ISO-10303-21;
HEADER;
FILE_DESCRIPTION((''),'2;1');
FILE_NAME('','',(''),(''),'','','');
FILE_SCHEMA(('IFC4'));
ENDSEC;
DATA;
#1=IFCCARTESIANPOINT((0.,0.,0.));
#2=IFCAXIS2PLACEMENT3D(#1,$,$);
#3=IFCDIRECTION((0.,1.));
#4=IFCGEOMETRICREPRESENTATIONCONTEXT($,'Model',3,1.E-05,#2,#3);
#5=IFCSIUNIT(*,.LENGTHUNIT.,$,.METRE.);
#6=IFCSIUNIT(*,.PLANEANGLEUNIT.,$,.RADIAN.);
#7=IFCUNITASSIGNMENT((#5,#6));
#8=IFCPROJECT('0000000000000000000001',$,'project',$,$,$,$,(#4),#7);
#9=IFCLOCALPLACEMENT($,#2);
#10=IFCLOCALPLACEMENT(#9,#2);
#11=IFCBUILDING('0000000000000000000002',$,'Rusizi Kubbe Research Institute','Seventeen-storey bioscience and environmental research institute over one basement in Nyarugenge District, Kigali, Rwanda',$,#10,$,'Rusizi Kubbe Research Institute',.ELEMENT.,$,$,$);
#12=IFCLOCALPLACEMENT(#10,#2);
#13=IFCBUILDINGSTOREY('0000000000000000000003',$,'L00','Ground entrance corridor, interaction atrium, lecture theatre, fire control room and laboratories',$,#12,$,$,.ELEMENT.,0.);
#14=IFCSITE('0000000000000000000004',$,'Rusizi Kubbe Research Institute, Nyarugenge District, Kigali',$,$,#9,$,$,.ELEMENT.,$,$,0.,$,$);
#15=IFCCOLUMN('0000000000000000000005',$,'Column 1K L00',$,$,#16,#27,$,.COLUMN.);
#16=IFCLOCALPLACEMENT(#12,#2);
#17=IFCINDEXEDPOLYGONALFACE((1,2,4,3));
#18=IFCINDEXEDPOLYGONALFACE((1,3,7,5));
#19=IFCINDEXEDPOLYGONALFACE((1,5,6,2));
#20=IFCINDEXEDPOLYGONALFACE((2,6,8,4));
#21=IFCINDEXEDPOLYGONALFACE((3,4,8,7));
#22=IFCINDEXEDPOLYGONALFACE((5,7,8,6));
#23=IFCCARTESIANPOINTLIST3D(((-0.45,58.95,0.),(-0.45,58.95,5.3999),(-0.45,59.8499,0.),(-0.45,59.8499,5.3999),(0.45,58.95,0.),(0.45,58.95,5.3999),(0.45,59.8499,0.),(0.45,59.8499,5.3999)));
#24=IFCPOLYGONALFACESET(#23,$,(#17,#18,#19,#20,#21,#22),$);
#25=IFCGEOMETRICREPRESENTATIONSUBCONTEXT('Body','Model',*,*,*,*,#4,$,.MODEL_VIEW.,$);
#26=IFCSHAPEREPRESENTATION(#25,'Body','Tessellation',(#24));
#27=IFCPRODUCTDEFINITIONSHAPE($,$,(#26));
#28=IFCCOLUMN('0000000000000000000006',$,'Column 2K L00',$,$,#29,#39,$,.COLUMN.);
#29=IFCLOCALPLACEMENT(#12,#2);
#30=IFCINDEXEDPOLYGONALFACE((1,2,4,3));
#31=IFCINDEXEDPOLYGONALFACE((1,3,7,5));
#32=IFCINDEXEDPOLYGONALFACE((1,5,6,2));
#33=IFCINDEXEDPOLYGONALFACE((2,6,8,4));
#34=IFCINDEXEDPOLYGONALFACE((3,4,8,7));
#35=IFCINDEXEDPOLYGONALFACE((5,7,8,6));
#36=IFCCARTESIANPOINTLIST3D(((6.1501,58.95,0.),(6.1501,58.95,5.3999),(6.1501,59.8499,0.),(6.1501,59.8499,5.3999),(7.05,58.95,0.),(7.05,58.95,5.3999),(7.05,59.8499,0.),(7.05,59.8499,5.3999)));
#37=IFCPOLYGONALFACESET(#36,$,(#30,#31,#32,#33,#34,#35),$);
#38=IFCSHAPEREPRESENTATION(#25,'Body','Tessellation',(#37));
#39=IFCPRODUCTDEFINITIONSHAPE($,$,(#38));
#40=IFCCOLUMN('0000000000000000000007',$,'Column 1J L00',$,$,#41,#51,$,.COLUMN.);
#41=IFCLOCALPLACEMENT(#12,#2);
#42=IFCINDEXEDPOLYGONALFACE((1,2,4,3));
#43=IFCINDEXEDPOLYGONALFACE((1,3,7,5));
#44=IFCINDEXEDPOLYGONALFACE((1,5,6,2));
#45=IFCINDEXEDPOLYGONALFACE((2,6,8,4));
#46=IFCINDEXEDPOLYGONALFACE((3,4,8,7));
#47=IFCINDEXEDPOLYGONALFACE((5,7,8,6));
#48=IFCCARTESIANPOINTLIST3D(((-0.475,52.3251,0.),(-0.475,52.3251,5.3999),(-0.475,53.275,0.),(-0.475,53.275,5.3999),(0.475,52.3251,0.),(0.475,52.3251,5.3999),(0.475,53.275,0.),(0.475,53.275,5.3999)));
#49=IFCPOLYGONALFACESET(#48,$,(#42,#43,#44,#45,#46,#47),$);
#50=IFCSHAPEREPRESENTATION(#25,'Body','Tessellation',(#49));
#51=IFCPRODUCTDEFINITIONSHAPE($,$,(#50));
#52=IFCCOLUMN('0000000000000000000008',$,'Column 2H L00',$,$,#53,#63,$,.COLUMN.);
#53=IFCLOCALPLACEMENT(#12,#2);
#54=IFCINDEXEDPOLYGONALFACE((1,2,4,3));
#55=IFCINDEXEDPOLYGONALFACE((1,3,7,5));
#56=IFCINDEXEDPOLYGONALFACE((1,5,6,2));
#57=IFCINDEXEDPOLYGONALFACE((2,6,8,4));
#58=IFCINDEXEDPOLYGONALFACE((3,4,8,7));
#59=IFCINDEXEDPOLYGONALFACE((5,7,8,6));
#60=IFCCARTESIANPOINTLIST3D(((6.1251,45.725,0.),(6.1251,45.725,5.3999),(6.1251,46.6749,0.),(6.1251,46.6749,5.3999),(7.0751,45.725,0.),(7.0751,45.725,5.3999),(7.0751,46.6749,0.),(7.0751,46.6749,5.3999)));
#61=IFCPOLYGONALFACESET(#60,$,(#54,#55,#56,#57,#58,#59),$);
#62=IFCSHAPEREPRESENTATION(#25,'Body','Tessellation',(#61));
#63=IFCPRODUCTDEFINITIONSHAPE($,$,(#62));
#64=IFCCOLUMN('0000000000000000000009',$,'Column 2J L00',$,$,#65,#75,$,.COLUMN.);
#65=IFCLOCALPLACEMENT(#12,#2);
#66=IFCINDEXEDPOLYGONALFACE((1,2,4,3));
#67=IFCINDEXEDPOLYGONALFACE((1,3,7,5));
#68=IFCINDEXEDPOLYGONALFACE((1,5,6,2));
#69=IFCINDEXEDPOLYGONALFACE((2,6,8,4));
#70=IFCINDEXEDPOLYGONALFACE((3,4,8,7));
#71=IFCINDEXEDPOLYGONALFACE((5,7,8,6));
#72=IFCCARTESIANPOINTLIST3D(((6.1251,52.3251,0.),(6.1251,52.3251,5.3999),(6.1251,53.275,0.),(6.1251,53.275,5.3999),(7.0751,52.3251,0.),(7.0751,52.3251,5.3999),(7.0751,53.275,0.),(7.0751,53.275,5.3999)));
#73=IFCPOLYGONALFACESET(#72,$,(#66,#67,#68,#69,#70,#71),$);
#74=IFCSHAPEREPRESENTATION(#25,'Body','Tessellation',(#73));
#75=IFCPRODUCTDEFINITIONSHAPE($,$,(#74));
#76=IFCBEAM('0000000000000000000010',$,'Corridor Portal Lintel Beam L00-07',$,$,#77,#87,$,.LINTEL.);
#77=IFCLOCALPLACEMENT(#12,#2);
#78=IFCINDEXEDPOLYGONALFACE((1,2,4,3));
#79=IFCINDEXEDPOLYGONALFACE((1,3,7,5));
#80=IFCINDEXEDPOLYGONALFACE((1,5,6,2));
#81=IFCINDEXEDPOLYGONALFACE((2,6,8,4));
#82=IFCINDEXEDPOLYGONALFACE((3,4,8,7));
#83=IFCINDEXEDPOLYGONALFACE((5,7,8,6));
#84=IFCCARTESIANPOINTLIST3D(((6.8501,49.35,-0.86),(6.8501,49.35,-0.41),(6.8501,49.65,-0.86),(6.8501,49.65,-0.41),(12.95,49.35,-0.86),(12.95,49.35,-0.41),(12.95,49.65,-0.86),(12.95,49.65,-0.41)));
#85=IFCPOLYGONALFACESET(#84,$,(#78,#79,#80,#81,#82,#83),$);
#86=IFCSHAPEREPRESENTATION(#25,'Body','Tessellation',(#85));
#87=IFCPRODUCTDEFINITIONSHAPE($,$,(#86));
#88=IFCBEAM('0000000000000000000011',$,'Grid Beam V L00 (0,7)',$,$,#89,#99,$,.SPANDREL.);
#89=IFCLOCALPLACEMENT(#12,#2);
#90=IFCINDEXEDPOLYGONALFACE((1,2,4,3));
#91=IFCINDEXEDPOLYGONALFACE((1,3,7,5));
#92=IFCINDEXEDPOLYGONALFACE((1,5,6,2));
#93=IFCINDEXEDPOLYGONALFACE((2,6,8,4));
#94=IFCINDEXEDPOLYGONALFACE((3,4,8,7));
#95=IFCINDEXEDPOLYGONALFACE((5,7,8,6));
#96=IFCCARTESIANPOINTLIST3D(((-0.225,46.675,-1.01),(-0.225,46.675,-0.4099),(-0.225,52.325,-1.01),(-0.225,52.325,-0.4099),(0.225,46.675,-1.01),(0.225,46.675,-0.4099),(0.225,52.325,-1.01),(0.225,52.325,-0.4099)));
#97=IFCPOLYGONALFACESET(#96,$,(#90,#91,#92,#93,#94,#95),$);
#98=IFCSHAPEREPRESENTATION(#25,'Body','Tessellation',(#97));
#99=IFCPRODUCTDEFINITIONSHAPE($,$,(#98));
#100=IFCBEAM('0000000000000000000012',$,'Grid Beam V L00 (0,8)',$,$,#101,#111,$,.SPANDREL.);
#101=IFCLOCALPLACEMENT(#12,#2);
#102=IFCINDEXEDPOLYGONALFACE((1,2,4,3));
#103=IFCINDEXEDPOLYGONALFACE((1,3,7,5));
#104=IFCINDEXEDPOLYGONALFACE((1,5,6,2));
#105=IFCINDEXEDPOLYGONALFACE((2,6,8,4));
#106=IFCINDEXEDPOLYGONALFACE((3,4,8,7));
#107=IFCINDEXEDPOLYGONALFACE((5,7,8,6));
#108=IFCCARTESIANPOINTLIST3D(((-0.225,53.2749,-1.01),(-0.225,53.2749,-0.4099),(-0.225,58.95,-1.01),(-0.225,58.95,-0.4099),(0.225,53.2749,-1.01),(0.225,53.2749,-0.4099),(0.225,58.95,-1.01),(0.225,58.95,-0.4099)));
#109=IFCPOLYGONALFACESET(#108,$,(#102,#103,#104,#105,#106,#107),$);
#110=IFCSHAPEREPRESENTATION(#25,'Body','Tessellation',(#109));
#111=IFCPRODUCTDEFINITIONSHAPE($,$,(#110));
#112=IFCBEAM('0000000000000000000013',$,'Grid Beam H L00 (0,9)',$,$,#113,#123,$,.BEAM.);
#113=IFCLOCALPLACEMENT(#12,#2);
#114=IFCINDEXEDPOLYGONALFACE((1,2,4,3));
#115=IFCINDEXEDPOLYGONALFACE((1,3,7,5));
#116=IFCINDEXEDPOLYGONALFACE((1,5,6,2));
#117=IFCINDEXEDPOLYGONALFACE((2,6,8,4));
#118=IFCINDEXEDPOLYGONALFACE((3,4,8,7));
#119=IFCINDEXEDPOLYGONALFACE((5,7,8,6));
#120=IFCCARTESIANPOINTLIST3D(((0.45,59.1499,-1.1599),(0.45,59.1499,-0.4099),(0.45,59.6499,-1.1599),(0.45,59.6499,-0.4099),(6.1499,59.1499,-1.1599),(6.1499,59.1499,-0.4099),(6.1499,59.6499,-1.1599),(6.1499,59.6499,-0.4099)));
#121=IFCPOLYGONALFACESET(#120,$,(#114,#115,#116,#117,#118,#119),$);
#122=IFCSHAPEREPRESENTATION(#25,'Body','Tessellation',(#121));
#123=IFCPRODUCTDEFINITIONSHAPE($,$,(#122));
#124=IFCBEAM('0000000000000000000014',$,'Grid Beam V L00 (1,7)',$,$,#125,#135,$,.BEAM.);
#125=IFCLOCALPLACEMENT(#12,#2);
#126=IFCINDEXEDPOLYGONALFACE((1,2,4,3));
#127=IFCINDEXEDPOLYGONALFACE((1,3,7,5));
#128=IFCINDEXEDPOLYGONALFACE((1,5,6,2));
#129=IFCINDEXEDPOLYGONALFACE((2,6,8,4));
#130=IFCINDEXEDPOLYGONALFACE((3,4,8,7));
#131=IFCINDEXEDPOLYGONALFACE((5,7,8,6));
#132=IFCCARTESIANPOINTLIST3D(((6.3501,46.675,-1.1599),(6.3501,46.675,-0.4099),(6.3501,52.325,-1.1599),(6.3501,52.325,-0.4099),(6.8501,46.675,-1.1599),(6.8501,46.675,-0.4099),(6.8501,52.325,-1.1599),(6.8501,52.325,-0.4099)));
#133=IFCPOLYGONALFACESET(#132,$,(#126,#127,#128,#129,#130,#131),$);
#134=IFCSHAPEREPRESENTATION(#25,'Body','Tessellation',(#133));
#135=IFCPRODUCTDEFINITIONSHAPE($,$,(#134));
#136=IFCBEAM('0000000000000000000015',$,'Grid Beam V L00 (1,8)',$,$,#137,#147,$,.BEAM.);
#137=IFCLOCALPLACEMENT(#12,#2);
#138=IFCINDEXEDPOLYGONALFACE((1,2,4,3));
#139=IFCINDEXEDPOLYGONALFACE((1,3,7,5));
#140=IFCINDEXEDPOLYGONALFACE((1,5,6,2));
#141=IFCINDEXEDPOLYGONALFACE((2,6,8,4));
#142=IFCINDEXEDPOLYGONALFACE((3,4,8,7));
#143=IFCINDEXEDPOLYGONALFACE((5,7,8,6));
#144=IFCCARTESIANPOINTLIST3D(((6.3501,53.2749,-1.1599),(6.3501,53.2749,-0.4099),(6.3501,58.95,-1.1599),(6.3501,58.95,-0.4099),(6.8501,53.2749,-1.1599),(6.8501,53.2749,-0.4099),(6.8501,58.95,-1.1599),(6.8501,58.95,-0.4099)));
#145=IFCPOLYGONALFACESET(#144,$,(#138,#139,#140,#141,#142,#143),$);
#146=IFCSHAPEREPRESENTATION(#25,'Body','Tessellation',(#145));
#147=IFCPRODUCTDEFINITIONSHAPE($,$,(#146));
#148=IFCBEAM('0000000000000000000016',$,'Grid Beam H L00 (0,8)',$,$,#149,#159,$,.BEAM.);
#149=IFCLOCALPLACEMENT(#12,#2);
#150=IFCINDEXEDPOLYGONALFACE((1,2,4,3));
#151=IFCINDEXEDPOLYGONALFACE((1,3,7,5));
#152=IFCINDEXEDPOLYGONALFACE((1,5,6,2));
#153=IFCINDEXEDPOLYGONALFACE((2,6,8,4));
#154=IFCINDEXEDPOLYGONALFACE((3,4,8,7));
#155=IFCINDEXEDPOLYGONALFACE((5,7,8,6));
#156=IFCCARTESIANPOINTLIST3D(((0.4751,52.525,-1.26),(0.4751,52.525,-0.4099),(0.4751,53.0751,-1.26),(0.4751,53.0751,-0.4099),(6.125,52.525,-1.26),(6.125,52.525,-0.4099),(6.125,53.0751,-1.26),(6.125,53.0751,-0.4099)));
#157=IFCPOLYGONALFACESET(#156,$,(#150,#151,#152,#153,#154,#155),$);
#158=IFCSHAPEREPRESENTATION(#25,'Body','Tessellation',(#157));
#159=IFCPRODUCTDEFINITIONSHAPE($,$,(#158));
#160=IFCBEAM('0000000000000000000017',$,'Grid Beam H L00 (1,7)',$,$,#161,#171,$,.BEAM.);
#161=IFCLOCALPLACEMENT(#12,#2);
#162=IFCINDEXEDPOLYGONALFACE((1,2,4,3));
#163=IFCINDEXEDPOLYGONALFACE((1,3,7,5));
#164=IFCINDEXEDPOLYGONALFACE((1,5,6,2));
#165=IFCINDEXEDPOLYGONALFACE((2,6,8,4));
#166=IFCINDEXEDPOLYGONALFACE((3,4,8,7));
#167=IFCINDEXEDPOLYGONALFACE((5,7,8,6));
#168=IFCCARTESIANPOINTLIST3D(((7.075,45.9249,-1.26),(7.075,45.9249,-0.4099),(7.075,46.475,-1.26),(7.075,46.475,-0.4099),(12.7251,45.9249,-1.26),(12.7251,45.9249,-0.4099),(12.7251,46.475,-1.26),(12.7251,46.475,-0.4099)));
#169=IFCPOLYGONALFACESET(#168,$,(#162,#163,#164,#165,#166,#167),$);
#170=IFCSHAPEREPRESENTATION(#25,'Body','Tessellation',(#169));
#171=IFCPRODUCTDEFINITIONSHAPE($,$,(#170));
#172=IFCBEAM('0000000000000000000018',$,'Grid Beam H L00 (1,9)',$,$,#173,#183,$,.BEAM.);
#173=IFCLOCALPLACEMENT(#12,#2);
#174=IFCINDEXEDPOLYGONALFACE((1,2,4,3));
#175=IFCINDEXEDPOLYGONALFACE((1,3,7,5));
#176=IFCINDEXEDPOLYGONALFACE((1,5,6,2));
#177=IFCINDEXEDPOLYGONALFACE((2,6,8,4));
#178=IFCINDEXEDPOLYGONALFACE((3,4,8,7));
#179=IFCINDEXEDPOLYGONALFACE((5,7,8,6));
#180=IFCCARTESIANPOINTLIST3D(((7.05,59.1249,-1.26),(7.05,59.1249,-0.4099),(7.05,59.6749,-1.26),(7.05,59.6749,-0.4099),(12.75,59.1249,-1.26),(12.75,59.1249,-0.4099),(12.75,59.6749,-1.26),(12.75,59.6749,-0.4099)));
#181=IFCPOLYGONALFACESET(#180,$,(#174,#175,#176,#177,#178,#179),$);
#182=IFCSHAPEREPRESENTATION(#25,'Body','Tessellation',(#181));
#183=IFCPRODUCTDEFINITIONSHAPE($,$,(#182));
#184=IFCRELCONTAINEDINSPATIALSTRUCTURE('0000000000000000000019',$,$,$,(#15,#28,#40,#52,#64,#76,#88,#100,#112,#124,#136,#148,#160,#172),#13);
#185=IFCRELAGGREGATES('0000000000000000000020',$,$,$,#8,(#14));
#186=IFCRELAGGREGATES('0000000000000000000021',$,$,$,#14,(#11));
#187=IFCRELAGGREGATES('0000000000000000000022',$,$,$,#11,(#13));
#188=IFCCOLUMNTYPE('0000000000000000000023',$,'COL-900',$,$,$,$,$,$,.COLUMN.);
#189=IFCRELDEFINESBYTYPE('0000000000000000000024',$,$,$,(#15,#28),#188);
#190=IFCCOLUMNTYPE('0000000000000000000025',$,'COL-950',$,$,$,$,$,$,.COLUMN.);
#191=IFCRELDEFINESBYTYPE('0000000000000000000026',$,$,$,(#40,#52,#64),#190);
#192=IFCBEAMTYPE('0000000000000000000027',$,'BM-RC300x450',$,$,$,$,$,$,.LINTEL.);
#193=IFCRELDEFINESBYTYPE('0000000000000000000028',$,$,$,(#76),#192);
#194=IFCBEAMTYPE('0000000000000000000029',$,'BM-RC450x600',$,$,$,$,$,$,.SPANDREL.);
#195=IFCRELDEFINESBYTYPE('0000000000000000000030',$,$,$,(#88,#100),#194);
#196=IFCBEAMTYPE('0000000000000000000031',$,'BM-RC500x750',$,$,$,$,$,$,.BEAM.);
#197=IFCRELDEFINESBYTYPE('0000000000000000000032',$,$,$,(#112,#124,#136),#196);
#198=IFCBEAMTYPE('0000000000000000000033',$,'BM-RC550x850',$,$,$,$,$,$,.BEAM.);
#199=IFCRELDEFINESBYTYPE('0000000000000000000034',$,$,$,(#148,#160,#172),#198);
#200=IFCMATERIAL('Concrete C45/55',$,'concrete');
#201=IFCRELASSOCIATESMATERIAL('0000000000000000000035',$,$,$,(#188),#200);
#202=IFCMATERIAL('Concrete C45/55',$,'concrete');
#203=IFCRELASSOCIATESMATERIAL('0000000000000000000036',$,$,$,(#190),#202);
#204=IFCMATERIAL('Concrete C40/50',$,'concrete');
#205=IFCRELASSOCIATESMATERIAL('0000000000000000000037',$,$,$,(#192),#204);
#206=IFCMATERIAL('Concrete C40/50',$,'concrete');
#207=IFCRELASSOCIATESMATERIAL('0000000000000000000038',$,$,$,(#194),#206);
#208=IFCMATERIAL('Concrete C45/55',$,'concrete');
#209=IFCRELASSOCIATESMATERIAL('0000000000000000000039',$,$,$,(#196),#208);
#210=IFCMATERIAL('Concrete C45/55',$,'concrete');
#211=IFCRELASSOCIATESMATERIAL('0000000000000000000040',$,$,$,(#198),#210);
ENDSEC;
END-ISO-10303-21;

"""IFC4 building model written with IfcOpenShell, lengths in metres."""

from ifc_helpers import new_model, si_unit, direction, frame, origin, origin_2d, place, context, subcontext, project, spatial, rectangle, extrude, material, material_profile, profile_set, type_object, element, save


model = new_model("IFC4")

# Units and contexts
model_context = context("Model", 3, precision=1e-05, world=origin(), true_north=direction((0.0, 1.0)))
body_context = subcontext(model_context, "Body", "Model", "MODEL_VIEW")
ifc_project = project(units=[si_unit("LENGTHUNIT", "METRE"), si_unit("PLANEANGLEUNIT", "RADIAN")], contexts=[model_context])

# Site, building, storey
site_placement = place(None, origin())
site = spatial("IfcSite", under=ifc_project, at=site_placement, Name="Rusizi Kubbe Research Institute, Nyarugenge District, Kigali", CompositionType="ELEMENT", RefElevation=0.0)
building_placement = place(site_placement, origin())
building = spatial("IfcBuilding", under=site, at=building_placement, Name="Rusizi Kubbe Research Institute", Description="Seventeen-storey bioscience and environmental research institute over one basement in Nyarugenge District, Kigali, Rwanda", LongName="Rusizi Kubbe Research Institute", CompositionType="ELEMENT")
storey_placement = place(building_placement, origin())
storey = spatial("IfcBuildingStorey", under=building, at=storey_placement, Name="L00", Description="Ground entrance corridor, interaction atrium, lecture theatre, fire control room and laboratories", CompositionType="ELEMENT", Elevation=0.0)

# Columns
ifc_material_1 = material(Name="Concrete C45/55", Category="concrete")
ifc_material_profile_1 = material_profile(ifc_material_1, rectangle(XDim=0.8999, YDim=0.8999, at=origin_2d()), Name="RC900x900")
ifc_profile_set_1 = profile_set([ifc_material_profile_1], Name="Concrete C45/55")
column_type_1 = type_object("IfcColumnType", Name="COL-900", PredefinedType="COLUMN", material=ifc_profile_set_1)
for number, where, z_axis, x_axis, name in (
    (1, (0.0, 59.3999, 0.0), (0.0, 0.0, 1.0), (1.0, 0.0, 0.0), "Column 1K L00"),
    (2, (6.6001, 59.3999, 0.0), (0.0, 0.0, 1.0), (1.0, 0.0, 0.0), "Column 2K L00"),
):
    element("IfcColumn", number, at=place(storey_placement, frame(where, z_axis=z_axis, x_axis=x_axis)), inside=storey, type_object=column_type_1, Name=name, PredefinedType="COLUMN", context=body_context, shape_type="SweptSolid", body=[
        extrude(rectangle(XDim=0.8999, YDim=0.8999, at=origin_2d()), origin(), (0.0, 0.0, 1.0), 5.3999),
    ])
ifc_material_2 = material(Name="Concrete C45/55", Category="concrete")
ifc_material_profile_2 = material_profile(ifc_material_2, rectangle(XDim=0.95, YDim=0.95, at=origin_2d()), Name="RC950x950")
ifc_profile_set_2 = profile_set([ifc_material_profile_2], Name="Concrete C45/55")
column_type_2 = type_object("IfcColumnType", Name="COL-950", PredefinedType="COLUMN", material=ifc_profile_set_2)
for number, where, z_axis, x_axis, name in (
    (3, (0.0, 52.8, 0.0), (0.0, 0.0, 1.0), (1.0, 0.0, 0.0), "Column 1J L00"),
    (4, (6.6001, 46.2, 0.0), (0.0, 0.0, 1.0), (1.0, 0.0, 0.0), "Column 2H L00"),
    (5, (6.6001, 52.8, 0.0), (0.0, 0.0, 1.0), (1.0, 0.0, 0.0), "Column 2J L00"),
):
    element("IfcColumn", number, at=place(storey_placement, frame(where, z_axis=z_axis, x_axis=x_axis)), inside=storey, type_object=column_type_2, Name=name, PredefinedType="COLUMN", context=body_context, shape_type="SweptSolid", body=[
        extrude(rectangle(XDim=0.95, YDim=0.95, at=origin_2d()), origin(), (0.0, 0.0, 1.0), 5.3999),
    ])

# Beams
ifc_material_3 = material(Name="Concrete C40/50", Category="concrete")
ifc_material_profile_3 = material_profile(ifc_material_3, rectangle(XDim=0.3, YDim=0.45, at=origin_2d()), Name="RC300x450")
ifc_profile_set_3 = profile_set([ifc_material_profile_3], Name="Concrete C40/50")
beam_type_1 = type_object("IfcBeamType", Name="BM-RC300x450", PredefinedType="LINTEL", material=ifc_profile_set_3)
beam_1_placement = place(storey_placement, frame((6.8501, 49.5, -0.635), z_axis=(1.0, 0.0, 0.0), x_axis=(0.0, 1.0, 0.0)))
element("IfcBeam", 6, at=beam_1_placement, inside=storey, type_object=beam_type_1, Name="Corridor Portal Lintel Beam L00-07", PredefinedType="LINTEL", context=body_context, shape_type="SweptSolid", body=[
    extrude(rectangle(XDim=0.3, YDim=0.45, at=origin_2d()), origin(), (0.0, 0.0, 1.0), 6.0999),
])
ifc_material_4 = material(Name="Concrete C40/50", Category="concrete")
ifc_material_profile_4 = material_profile(ifc_material_4, rectangle(XDim=0.45, YDim=0.6001, at=origin_2d()), Name="RC450x600")
ifc_profile_set_4 = profile_set([ifc_material_profile_4], Name="Concrete C40/50")
beam_type_2 = type_object("IfcBeamType", Name="BM-RC450x600", PredefinedType="SPANDREL", material=ifc_profile_set_4)
beam_2_placement = place(storey_placement, frame((0.0, 46.675, -0.71), z_axis=(0.0, 1.0, 0.0), x_axis=(-1.0, 0.0, 0.0)))
element("IfcBeam", 7, at=beam_2_placement, inside=storey, type_object=beam_type_2, Name="Grid Beam V L00 (0,7)", PredefinedType="SPANDREL", context=body_context, shape_type="SweptSolid", body=[
    extrude(rectangle(XDim=0.45, YDim=0.6001, at=origin_2d()), origin(), (0.0, 0.0, 1.0), 5.6499),
])
beam_3_placement = place(storey_placement, frame((0.0, 53.2749, -0.71), z_axis=(0.0, 1.0, 0.0), x_axis=(-1.0, 0.0, 0.0)))
element("IfcBeam", 8, at=beam_3_placement, inside=storey, type_object=beam_type_2, Name="Grid Beam V L00 (0,8)", PredefinedType="SPANDREL", context=body_context, shape_type="SweptSolid", body=[
    extrude(rectangle(XDim=0.45, YDim=0.6001, at=origin_2d()), origin(), (0.0, 0.0, 1.0), 5.675),
])
ifc_material_5 = material(Name="Concrete C45/55", Category="concrete")
ifc_material_profile_5 = material_profile(ifc_material_5, rectangle(XDim=0.5, YDim=0.75, at=origin_2d()), Name="RC500x750B")
ifc_profile_set_5 = profile_set([ifc_material_profile_5], Name="Concrete C45/55")
beam_type_3 = type_object("IfcBeamType", Name="BM-RC500x750", PredefinedType="BEAM", material=ifc_profile_set_5)
beam_4_placement = place(storey_placement, frame((0.45, 59.3999, -0.7849), z_axis=(1.0, 0.0, 0.0), x_axis=(0.0, 1.0, 0.0)))
element("IfcBeam", 9, at=beam_4_placement, inside=storey, type_object=beam_type_3, Name="Grid Beam H L00 (0,9)", PredefinedType="BEAM", context=body_context, shape_type="SweptSolid", body=[
    extrude(rectangle(XDim=0.5, YDim=0.75, at=origin_2d()), origin(), (0.0, 0.0, 1.0), 5.7),
])
beam_5_placement = place(storey_placement, frame((6.6001, 46.675, -0.7849), z_axis=(0.0, 1.0, 0.0), x_axis=(-1.0, 0.0, 0.0)))
element("IfcBeam", 10, at=beam_5_placement, inside=storey, type_object=beam_type_3, Name="Grid Beam V L00 (1,7)", PredefinedType="BEAM", context=body_context, shape_type="SweptSolid", body=[
    extrude(rectangle(XDim=0.5, YDim=0.75, at=origin_2d()), origin(), (0.0, 0.0, 1.0), 5.6499),
])
beam_6_placement = place(storey_placement, frame((6.6001, 53.2749, -0.7849), z_axis=(0.0, 1.0, 0.0), x_axis=(-1.0, 0.0, 0.0)))
element("IfcBeam", 11, at=beam_6_placement, inside=storey, type_object=beam_type_3, Name="Grid Beam V L00 (1,8)", PredefinedType="BEAM", context=body_context, shape_type="SweptSolid", body=[
    extrude(rectangle(XDim=0.5, YDim=0.75, at=origin_2d()), origin(), (0.0, 0.0, 1.0), 5.675),
])
ifc_material_6 = material(Name="Concrete C45/55", Category="concrete")
ifc_material_profile_6 = material_profile(ifc_material_6, rectangle(XDim=0.55, YDim=0.8501, at=origin_2d()), Name="RC550x850")
ifc_profile_set_6 = profile_set([ifc_material_profile_6], Name="Concrete C45/55")
beam_type_4 = type_object("IfcBeamType", Name="BM-RC550x850", PredefinedType="BEAM", material=ifc_profile_set_6)
beam_7_placement = place(storey_placement, frame((0.4751, 52.8, -0.835), z_axis=(1.0, 0.0, 0.0), x_axis=(0.0, 1.0, 0.0)))
element("IfcBeam", 12, at=beam_7_placement, inside=storey, type_object=beam_type_4, Name="Grid Beam H L00 (0,8)", PredefinedType="BEAM", context=body_context, shape_type="SweptSolid", body=[
    extrude(rectangle(XDim=0.55, YDim=0.8501, at=origin_2d()), origin(), (0.0, 0.0, 1.0), 5.6499),
])
beam_8_placement = place(storey_placement, frame((7.075, 46.2, -0.835), z_axis=(1.0, 0.0, 0.0), x_axis=(0.0, 1.0, 0.0)))
element("IfcBeam", 13, at=beam_8_placement, inside=storey, type_object=beam_type_4, Name="Grid Beam H L00 (1,7)", PredefinedType="BEAM", context=body_context, shape_type="SweptSolid", body=[
    extrude(rectangle(XDim=0.55, YDim=0.8501, at=origin_2d()), origin(), (0.0, 0.0, 1.0), 5.6501),
])
beam_9_placement = place(storey_placement, frame((7.05, 59.3999, -0.835), z_axis=(1.0, 0.0, 0.0), x_axis=(0.0, 1.0, 0.0)))
element("IfcBeam", 14, at=beam_9_placement, inside=storey, type_object=beam_type_4, Name="Grid Beam H L00 (1,9)", PredefinedType="BEAM", context=body_context, shape_type="SweptSolid", body=[
    extrude(rectangle(XDim=0.55, YDim=0.8501, at=origin_2d()), origin(), (0.0, 0.0, 1.0), 5.7),
])

save(model, "model.ifc")
